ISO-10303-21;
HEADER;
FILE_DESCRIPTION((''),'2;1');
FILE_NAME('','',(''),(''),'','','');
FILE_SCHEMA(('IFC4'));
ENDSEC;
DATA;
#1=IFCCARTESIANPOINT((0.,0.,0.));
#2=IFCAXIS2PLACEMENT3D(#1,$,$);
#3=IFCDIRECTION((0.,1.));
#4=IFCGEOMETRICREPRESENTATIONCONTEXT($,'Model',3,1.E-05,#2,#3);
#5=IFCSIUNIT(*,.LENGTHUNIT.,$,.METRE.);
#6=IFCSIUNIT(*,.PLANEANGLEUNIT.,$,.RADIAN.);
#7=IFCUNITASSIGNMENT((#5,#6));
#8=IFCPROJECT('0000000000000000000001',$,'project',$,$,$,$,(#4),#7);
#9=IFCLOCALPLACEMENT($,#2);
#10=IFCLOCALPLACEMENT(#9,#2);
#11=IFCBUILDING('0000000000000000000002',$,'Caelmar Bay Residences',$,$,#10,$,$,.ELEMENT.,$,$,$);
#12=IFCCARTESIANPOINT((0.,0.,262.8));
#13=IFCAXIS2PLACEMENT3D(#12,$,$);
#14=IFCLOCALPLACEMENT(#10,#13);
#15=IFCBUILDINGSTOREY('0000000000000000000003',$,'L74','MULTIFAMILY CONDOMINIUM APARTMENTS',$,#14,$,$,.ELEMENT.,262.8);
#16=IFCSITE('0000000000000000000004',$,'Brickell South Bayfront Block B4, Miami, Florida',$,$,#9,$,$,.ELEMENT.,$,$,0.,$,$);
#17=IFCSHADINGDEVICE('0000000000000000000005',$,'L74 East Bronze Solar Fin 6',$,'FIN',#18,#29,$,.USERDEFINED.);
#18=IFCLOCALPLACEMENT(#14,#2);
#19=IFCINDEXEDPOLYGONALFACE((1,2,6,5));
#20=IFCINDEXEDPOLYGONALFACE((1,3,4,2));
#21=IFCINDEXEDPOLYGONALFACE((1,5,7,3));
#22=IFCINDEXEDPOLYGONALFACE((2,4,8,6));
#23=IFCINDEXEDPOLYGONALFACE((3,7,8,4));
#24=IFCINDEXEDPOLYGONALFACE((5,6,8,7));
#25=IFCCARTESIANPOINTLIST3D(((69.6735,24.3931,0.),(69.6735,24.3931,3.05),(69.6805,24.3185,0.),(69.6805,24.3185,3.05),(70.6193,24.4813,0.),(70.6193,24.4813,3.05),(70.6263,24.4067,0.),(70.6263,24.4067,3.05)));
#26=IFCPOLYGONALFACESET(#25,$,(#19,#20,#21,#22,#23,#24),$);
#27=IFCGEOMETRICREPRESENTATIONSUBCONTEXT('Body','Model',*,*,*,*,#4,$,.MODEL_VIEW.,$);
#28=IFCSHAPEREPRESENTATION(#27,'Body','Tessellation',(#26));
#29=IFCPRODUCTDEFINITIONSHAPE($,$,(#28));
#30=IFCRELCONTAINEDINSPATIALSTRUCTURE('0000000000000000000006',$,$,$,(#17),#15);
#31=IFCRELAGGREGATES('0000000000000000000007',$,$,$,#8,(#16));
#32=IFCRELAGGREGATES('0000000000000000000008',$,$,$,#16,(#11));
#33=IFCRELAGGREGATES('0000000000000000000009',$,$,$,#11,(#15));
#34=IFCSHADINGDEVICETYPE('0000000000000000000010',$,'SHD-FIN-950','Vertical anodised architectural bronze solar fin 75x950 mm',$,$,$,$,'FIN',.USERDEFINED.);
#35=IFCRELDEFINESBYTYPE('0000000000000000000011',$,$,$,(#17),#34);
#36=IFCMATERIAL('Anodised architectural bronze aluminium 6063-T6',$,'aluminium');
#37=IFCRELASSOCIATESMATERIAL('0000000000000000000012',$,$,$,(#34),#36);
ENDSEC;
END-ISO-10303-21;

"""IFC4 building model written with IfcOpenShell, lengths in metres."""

from ifc_helpers import new_model, si_unit, direction, frame, origin, origin_2d, place, context, subcontext, project, spatial, rectangle, extrude, material, material_profile, profile_set, type_object, element, save


model = new_model("IFC4")

# Units and contexts
model_context = context("Model", 3, precision=1e-05, world=origin(), true_north=direction((0.0, 1.0)))
body_context = subcontext(model_context, "Body", "Model", "MODEL_VIEW")
ifc_project = project(units=[si_unit("LENGTHUNIT", "METRE"), si_unit("PLANEANGLEUNIT", "RADIAN")], contexts=[model_context])

# Site, building, storey
site_placement = place(None, origin())
site = spatial("IfcSite", under=ifc_project, at=site_placement, Name="Brickell South Bayfront Block B4, Miami, Florida", CompositionType="ELEMENT", RefElevation=0.0)
building_placement = place(site_placement, origin())
building = spatial("IfcBuilding", under=site, at=building_placement, Name="Caelmar Bay Residences", CompositionType="ELEMENT")
storey_placement = place(building_placement, frame((0.0, 0.0, 262.8)))
storey = spatial("IfcBuildingStorey", under=building, at=storey_placement, Name="L74", Description="MULTIFAMILY CONDOMINIUM APARTMENTS", CompositionType="ELEMENT", Elevation=262.8)

# Shading device
ifc_material_1 = material(Name="Anodised architectural bronze aluminium 6063-T6", Category="aluminium")
ifc_material_profile_1 = material_profile(ifc_material_1, rectangle(XDim=0.075, YDim=0.95, at=origin_2d()), Name="BRONZE-FIN-75X950")
ifc_profile_set_1 = profile_set([ifc_material_profile_1], Name="Anodised architectural bronze aluminium 6063-T6")
shading_device_type = type_object("IfcShadingDeviceType", Name="SHD-FIN-950", Description="Vertical anodised architectural bronze solar fin 75x950 mm", ElementType="FIN", PredefinedType="USERDEFINED", material=ifc_profile_set_1)
for number, where, z_axis, x_axis, name in (
    (1, (70.1499, 24.3999, 0.0), (0.0, 0.0, 1.0), (-0.092892, 0.995676, 0.0), "L74 East Bronze Solar Fin 6"),
):
    element("IfcShadingDevice", number, at=place(storey_placement, frame(where, z_axis=z_axis, x_axis=x_axis)), inside=storey, type_object=shading_device_type, Name=name, ObjectType="FIN", PredefinedType="USERDEFINED", context=body_context, shape_type="SweptSolid", body=[
        extrude(rectangle(XDim=0.075, YDim=0.95, at=origin_2d()), origin(), (0.0, 0.0, 1.0), 3.05),
    ])

save(model, "model.ifc")
